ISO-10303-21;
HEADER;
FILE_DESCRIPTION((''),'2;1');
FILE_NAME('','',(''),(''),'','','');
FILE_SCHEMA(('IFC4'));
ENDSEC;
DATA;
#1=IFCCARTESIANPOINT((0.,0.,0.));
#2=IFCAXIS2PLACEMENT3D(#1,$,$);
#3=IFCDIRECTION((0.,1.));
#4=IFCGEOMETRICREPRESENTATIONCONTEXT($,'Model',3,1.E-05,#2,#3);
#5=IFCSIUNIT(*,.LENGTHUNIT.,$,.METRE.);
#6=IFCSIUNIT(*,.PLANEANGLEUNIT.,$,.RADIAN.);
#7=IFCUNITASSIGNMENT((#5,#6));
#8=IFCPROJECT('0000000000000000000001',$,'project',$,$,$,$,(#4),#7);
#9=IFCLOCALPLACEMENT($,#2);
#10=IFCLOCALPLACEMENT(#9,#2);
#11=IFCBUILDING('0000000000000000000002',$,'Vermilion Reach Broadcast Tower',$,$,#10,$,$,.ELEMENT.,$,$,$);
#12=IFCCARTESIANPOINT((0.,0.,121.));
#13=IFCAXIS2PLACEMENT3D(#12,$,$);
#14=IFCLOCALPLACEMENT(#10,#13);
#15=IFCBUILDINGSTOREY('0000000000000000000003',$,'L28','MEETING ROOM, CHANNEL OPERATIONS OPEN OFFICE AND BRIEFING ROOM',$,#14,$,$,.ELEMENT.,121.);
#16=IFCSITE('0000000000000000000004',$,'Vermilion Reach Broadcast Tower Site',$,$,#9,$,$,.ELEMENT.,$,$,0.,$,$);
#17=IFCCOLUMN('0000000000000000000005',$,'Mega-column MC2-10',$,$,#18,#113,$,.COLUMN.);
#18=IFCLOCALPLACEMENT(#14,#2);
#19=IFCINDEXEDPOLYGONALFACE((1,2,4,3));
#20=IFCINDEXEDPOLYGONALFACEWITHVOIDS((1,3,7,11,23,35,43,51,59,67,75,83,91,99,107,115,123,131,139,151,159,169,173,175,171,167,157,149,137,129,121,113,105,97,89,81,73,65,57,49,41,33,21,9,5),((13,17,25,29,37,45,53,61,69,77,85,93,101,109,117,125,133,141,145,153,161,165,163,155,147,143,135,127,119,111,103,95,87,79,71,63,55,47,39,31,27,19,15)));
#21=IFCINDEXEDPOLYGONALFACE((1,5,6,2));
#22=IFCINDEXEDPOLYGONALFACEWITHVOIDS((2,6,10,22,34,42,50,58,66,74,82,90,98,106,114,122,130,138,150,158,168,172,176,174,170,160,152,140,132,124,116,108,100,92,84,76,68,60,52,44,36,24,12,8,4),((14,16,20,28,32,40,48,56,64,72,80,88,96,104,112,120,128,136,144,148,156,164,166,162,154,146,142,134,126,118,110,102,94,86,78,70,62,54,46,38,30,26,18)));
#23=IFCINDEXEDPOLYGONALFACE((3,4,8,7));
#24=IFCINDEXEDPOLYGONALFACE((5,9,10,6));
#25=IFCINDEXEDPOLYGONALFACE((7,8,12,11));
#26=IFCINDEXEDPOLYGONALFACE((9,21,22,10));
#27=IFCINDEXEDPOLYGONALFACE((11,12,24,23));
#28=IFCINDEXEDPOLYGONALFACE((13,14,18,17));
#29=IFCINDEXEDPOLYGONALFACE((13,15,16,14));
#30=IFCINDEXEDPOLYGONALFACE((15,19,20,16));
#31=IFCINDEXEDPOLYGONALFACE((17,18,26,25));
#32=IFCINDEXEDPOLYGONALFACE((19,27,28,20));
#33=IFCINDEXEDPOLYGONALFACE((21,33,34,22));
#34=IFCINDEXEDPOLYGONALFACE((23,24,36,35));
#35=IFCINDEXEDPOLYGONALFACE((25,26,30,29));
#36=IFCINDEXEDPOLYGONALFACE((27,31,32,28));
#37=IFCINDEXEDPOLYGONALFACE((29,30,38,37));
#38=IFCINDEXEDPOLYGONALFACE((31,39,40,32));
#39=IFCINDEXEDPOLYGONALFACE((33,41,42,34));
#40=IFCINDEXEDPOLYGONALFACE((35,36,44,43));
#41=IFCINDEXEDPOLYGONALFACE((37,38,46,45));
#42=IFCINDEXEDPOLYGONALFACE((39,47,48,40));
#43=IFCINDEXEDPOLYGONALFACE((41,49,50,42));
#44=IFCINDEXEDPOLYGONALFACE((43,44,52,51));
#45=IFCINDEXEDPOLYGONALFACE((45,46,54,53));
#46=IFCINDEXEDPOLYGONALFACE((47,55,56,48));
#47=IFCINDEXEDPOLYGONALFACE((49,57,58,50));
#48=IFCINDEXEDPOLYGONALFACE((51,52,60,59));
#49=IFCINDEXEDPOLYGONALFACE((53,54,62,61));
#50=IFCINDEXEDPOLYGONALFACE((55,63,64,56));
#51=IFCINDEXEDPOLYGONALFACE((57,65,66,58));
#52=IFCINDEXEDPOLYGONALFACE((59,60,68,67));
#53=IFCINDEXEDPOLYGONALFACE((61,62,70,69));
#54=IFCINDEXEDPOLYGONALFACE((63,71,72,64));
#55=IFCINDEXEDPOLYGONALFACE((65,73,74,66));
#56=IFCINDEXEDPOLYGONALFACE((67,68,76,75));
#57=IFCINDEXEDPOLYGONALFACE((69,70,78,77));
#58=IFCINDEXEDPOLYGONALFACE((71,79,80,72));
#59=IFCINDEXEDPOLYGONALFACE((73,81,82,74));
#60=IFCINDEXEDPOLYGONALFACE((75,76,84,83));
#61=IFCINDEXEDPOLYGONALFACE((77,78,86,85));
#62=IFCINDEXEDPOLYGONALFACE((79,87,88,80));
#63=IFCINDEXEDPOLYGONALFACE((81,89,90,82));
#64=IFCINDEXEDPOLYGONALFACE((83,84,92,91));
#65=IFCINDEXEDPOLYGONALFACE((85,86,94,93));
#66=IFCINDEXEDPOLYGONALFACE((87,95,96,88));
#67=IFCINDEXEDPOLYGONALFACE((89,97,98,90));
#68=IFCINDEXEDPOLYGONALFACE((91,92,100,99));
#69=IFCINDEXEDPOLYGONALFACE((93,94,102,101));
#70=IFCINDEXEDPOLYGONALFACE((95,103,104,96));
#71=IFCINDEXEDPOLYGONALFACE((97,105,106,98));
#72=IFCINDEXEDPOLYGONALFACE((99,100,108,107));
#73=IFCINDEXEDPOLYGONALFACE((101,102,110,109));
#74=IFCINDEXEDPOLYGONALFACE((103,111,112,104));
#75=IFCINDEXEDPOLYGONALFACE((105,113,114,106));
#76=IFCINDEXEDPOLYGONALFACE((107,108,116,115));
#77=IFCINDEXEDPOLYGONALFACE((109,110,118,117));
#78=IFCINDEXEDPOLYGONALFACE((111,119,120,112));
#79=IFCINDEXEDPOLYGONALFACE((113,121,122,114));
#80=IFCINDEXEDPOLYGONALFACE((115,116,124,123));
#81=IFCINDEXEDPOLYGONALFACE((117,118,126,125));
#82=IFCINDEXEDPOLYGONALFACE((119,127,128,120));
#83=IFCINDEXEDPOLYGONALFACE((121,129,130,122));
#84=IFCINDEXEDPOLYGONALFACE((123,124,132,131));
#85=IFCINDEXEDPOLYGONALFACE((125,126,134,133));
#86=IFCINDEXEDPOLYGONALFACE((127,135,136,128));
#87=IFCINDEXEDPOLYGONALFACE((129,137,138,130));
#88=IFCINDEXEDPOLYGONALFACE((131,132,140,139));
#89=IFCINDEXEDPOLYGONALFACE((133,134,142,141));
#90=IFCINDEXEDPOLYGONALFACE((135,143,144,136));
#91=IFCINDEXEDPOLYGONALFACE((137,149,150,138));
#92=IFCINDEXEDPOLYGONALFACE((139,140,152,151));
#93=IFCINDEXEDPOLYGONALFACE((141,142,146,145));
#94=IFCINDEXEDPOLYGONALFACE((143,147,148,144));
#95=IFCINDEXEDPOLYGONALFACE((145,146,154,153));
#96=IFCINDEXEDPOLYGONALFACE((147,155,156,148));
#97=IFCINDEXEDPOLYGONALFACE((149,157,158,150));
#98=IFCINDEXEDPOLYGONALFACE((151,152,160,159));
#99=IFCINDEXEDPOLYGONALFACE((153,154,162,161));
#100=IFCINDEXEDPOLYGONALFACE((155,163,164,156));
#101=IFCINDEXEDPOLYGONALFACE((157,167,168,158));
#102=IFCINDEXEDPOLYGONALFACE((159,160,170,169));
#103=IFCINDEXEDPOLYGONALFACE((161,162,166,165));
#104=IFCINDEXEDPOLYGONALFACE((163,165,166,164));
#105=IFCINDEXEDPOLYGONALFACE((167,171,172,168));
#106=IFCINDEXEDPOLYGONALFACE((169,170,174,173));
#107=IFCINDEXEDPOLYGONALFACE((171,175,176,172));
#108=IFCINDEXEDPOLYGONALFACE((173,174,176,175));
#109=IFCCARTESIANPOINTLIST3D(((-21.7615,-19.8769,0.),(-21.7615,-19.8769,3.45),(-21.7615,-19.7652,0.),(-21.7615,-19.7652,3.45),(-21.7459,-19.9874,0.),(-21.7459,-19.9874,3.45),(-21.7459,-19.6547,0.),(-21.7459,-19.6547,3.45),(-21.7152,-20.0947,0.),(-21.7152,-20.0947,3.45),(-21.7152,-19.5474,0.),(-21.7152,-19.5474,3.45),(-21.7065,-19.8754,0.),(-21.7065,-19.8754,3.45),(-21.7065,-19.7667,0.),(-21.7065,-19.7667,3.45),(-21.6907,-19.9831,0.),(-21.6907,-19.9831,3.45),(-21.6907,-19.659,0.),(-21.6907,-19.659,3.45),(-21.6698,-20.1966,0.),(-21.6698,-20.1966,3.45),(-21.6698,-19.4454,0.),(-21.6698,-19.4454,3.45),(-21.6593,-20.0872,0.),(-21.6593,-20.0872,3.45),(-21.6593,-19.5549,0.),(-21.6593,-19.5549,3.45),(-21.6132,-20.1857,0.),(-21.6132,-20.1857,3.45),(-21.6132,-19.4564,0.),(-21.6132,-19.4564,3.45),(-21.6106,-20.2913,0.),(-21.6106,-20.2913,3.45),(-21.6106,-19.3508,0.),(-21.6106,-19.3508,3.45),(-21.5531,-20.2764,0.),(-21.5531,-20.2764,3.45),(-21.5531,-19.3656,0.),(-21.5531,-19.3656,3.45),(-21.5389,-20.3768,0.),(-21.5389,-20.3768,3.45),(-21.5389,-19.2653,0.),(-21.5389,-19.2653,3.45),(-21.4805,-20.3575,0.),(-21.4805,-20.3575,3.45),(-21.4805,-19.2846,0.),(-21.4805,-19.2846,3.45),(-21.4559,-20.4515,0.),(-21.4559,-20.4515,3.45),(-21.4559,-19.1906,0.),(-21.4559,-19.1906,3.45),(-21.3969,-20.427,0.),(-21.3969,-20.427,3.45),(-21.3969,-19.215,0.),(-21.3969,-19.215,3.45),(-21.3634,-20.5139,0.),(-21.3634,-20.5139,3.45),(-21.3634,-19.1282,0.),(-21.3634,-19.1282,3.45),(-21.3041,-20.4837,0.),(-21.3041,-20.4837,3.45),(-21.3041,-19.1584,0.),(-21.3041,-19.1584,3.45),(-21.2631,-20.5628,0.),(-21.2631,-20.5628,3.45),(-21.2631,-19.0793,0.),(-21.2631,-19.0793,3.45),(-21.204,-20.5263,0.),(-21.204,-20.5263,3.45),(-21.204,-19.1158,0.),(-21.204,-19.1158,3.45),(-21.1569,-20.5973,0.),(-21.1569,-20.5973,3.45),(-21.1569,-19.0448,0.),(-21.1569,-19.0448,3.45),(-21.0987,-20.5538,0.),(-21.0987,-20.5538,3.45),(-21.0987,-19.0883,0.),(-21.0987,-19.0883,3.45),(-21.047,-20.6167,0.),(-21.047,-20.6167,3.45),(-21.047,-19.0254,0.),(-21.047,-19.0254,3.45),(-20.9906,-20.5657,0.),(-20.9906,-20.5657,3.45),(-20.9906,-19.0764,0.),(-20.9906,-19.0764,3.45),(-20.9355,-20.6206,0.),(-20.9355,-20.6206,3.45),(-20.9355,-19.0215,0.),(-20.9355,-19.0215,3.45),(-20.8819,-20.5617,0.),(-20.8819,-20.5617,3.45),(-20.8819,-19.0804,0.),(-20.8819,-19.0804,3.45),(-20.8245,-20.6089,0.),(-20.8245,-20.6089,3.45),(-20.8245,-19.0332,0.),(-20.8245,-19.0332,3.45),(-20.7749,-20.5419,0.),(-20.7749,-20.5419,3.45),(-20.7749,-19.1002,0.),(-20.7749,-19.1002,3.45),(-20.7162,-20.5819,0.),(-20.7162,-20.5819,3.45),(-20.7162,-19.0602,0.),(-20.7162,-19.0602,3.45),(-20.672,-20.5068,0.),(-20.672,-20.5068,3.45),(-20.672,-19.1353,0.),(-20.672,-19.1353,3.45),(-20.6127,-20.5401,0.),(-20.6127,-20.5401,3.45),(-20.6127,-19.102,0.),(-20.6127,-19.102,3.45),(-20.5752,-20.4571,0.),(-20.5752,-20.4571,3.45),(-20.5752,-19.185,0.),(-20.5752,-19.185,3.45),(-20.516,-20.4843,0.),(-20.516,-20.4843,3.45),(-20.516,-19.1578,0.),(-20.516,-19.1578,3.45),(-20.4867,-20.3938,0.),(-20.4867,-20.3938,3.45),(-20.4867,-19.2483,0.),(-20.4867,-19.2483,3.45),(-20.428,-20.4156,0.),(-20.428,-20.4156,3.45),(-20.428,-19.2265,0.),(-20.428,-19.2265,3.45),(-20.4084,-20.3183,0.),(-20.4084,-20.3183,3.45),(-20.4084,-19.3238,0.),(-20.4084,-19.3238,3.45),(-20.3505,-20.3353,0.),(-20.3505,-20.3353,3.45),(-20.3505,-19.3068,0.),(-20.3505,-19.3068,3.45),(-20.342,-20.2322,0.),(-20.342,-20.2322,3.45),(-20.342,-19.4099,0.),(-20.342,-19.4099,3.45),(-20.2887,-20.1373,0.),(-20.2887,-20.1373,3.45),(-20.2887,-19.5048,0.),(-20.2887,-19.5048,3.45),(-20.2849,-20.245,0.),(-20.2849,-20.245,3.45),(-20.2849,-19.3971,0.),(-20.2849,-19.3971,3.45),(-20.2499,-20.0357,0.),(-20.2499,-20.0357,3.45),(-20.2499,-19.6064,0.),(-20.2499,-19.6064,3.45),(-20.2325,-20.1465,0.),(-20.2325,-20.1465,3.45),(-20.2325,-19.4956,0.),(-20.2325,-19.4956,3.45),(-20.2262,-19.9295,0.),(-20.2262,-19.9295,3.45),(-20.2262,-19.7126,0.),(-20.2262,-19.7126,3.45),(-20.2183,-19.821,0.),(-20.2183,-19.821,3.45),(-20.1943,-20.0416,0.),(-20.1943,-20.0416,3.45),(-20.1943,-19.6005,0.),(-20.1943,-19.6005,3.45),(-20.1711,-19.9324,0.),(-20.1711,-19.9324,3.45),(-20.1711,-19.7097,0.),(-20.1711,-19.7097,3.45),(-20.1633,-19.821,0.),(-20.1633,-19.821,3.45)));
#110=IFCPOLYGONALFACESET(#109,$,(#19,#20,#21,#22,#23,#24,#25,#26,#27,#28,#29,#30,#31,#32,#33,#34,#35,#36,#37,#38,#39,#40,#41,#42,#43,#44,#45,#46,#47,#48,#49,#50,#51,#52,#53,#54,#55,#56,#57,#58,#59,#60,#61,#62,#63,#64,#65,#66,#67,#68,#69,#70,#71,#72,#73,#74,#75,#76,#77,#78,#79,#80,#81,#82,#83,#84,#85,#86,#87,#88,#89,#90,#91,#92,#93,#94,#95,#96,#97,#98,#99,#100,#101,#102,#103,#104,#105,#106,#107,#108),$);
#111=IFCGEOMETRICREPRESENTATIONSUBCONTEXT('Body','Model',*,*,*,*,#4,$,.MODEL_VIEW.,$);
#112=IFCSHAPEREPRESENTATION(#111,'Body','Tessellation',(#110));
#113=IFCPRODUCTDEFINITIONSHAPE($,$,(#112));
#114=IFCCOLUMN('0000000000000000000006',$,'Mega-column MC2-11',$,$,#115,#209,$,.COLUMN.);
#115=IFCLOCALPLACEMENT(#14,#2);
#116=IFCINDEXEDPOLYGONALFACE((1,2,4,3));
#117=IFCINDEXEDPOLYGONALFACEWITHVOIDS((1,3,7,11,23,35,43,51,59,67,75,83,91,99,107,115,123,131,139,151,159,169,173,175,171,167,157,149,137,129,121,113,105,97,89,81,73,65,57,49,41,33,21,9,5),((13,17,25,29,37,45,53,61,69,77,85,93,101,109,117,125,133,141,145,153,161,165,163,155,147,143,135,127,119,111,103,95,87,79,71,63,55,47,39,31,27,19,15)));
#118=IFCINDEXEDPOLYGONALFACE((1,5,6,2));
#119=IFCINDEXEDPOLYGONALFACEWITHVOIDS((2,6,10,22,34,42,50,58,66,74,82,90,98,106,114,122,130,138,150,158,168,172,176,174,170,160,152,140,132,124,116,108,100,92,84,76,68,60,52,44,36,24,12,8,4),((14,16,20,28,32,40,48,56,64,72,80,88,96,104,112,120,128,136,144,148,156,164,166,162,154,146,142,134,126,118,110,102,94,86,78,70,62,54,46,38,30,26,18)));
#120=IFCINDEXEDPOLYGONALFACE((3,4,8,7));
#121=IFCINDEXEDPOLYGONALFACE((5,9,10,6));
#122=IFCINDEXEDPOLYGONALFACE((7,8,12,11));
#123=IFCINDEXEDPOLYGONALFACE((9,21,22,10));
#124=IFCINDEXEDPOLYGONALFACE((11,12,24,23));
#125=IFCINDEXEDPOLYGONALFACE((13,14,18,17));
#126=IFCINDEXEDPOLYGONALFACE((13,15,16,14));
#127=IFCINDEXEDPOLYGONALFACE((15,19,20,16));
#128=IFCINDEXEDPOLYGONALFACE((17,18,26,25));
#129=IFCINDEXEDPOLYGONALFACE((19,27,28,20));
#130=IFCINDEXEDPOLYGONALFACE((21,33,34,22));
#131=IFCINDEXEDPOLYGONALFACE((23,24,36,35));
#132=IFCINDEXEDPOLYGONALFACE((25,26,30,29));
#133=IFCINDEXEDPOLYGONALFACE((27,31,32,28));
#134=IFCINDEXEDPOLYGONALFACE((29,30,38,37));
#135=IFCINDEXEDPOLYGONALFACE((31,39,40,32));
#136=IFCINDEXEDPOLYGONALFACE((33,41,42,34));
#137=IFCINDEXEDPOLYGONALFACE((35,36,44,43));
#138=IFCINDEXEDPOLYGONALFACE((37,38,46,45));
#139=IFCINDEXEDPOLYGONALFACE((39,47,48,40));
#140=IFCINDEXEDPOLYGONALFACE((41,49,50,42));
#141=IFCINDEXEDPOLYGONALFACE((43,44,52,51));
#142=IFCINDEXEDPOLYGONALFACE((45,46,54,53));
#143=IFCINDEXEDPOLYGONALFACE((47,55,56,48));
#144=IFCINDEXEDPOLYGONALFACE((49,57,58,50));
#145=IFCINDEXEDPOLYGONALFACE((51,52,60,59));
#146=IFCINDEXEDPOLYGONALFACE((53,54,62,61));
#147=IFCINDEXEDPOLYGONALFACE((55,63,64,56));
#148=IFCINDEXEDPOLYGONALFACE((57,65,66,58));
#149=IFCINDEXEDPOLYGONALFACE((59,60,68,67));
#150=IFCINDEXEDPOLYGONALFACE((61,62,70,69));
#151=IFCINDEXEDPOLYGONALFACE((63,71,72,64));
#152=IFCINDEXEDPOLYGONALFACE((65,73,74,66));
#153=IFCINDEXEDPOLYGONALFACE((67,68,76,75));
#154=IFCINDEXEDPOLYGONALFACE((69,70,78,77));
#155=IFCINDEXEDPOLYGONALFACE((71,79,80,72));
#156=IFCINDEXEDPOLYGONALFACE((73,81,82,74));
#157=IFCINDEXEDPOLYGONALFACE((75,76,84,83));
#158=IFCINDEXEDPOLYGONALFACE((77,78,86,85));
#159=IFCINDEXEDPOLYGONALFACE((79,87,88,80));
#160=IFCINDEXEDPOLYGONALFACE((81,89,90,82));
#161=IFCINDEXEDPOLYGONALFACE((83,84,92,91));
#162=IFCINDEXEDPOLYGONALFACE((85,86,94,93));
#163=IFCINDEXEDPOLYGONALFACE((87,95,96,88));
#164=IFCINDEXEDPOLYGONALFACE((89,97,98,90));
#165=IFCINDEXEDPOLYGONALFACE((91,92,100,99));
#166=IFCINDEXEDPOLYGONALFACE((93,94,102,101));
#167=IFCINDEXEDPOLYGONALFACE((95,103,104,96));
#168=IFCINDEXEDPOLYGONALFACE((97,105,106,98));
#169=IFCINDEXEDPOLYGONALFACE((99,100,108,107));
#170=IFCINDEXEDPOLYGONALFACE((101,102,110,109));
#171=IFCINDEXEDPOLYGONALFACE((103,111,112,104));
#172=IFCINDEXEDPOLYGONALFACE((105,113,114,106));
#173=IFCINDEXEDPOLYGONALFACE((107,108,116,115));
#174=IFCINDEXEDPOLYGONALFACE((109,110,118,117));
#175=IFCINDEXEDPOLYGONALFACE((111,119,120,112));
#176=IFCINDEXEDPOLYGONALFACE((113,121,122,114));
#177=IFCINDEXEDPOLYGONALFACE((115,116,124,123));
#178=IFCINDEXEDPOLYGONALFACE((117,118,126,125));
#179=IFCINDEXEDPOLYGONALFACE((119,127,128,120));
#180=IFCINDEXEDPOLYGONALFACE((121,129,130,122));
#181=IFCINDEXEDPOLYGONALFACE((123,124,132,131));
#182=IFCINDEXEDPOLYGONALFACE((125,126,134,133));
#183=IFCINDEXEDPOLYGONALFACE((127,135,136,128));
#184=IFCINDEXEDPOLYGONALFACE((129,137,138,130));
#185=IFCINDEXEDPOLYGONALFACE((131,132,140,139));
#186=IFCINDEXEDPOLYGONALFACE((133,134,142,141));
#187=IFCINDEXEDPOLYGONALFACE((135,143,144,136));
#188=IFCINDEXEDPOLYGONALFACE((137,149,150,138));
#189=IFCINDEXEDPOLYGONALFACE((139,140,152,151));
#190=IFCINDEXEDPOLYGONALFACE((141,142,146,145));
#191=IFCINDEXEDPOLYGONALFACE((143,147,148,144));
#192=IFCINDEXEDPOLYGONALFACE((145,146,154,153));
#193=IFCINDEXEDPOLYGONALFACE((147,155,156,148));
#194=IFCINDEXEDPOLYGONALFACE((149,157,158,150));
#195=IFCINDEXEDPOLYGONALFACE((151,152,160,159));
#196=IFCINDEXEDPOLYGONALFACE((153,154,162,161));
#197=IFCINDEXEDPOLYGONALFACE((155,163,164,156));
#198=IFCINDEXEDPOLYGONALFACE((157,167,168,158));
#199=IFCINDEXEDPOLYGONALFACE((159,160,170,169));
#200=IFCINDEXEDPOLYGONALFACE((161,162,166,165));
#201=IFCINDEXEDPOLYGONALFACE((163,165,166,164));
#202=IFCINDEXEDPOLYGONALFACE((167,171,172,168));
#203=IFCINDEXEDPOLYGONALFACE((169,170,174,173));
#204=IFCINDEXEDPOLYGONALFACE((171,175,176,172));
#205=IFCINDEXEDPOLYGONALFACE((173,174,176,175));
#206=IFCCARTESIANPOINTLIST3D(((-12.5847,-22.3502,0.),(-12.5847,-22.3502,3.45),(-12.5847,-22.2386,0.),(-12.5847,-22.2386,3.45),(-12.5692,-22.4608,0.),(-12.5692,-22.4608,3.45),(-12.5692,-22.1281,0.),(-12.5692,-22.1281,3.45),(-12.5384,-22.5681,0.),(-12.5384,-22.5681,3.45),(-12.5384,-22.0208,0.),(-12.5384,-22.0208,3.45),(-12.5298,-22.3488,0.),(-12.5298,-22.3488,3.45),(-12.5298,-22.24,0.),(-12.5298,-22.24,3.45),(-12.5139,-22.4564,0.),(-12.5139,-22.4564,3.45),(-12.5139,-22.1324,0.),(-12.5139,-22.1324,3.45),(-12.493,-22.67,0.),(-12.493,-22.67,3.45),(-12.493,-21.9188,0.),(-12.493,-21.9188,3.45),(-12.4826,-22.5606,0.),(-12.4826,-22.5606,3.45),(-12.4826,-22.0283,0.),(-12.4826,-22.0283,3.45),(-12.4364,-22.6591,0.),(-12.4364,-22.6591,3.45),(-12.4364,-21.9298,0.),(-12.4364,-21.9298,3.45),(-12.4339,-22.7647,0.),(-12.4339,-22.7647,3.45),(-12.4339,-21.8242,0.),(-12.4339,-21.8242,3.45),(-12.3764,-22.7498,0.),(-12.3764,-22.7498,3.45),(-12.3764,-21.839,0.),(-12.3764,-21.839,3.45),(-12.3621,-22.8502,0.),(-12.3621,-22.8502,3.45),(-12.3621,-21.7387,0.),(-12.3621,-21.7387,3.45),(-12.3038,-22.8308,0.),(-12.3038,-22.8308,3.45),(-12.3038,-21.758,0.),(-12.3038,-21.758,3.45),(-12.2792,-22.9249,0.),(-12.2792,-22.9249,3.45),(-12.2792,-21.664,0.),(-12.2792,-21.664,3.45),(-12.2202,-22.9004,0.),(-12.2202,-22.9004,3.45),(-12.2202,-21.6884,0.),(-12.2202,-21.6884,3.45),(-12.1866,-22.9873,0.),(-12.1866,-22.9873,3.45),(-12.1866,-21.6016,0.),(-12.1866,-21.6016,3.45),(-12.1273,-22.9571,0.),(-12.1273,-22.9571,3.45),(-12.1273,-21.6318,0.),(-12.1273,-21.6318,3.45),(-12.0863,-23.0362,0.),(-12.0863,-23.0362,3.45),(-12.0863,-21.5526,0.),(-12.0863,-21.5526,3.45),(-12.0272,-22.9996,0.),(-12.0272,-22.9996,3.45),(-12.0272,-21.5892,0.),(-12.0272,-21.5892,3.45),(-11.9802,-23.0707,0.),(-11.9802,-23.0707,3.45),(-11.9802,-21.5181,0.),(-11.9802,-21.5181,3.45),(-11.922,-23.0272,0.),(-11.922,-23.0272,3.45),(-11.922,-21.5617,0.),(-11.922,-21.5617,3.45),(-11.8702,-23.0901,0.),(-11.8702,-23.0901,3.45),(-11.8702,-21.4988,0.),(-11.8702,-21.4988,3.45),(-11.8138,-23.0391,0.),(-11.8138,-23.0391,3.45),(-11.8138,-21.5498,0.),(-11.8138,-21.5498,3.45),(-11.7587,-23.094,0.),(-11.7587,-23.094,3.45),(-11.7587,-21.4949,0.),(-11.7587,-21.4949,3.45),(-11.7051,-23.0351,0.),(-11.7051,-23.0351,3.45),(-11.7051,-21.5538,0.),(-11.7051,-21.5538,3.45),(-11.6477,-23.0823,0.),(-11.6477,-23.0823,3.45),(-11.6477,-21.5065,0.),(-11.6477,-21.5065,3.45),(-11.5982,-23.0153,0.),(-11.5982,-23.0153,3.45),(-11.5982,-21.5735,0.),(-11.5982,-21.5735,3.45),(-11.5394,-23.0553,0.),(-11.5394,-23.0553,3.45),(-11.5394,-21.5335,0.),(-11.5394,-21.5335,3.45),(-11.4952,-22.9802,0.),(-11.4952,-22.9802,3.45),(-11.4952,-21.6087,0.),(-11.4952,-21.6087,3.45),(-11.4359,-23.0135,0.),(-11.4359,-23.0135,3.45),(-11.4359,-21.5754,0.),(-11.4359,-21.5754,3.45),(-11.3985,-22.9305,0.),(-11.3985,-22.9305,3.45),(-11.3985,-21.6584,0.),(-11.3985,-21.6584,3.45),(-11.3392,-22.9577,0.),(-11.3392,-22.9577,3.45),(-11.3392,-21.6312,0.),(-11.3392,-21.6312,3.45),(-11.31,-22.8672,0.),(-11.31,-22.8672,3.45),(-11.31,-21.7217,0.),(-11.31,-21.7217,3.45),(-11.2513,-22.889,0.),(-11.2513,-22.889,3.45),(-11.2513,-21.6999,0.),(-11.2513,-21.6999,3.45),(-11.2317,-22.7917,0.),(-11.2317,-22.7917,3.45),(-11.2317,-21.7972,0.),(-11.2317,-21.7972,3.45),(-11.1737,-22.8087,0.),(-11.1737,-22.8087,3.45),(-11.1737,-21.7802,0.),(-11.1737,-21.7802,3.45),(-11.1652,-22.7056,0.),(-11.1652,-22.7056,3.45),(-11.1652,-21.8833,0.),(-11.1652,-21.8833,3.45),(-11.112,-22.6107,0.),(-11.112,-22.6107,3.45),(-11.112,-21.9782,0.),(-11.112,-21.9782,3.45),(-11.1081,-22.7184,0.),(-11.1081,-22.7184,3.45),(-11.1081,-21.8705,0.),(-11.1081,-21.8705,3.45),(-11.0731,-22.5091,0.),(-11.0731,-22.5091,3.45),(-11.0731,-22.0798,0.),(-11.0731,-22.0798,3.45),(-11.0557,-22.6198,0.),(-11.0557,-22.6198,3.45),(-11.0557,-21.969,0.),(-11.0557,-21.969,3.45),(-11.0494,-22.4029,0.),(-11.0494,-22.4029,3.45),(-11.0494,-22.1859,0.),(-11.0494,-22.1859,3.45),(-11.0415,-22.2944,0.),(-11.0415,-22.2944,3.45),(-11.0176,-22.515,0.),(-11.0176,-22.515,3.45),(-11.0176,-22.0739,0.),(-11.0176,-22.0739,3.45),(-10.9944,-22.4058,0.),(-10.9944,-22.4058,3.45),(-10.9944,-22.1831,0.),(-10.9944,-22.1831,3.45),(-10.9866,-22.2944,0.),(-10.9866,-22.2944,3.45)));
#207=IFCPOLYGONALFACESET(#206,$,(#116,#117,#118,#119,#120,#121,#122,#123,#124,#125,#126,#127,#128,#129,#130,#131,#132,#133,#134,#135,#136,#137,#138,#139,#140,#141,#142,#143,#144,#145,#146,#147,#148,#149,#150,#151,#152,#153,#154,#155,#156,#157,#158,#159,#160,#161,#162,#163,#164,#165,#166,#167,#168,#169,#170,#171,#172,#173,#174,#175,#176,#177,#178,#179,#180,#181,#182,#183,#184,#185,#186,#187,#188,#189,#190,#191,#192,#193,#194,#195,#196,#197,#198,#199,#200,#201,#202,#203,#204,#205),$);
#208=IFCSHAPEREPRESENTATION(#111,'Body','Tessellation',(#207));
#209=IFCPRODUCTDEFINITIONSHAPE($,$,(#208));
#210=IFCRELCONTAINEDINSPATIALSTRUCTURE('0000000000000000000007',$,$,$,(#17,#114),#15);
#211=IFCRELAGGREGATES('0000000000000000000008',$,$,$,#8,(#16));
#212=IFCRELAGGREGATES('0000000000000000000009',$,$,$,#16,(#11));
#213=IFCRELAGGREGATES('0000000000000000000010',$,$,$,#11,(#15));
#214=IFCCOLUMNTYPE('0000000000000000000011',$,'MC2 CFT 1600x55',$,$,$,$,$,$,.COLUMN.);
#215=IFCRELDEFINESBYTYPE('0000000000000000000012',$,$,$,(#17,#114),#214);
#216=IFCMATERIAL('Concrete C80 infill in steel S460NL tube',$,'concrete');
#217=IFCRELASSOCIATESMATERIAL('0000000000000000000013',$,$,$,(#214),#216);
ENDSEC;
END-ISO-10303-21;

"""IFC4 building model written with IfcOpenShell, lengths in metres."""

from ifc_helpers import new_model, si_unit, direction, frame, origin, origin_2d, place, context, subcontext, project, spatial, hollow_circle, extrude, material, material_profile, profile_set, type_object, element, save


model = new_model("IFC4")

# Units and contexts
model_context = context("Model", 3, precision=1e-05, world=origin(), true_north=direction((0.0, 1.0)))
body_context = subcontext(model_context, "Body", "Model", "MODEL_VIEW")
ifc_project = project(units=[si_unit("LENGTHUNIT", "METRE"), si_unit("PLANEANGLEUNIT", "RADIAN")], contexts=[model_context])

# Site, building, storey
site_placement = place(None, origin())
site = spatial("IfcSite", under=ifc_project, at=site_placement, Name="Vermilion Reach Broadcast Tower Site", CompositionType="ELEMENT", RefElevation=0.0)
building_placement = place(site_placement, origin())
building = spatial("IfcBuilding", under=site, at=building_placement, Name="Vermilion Reach Broadcast Tower", CompositionType="ELEMENT")
storey_placement = place(building_placement, frame((0.0, 0.0, 121.0)))
storey = spatial("IfcBuildingStorey", under=building, at=storey_placement, Name="L28", Description="MEETING ROOM, CHANNEL OPERATIONS OPEN OFFICE AND BRIEFING ROOM", CompositionType="ELEMENT", Elevation=121.0)

# Columns
ifc_material_1 = material(Name="Concrete C80 infill in steel S460NL tube", Category="concrete")
ifc_material_profile_1 = material_profile(ifc_material_1, hollow_circle(Radius=0.8, WallThickness=0.0549, at=origin_2d()), Name="Concrete C80 infill in steel S460NL tube CFT 1600x55")
ifc_profile_set_1 = profile_set([ifc_material_profile_1], Name="Concrete C80 infill in steel S460NL tube")
column_type = type_object("IfcColumnType", Name="MC2 CFT 1600x55", PredefinedType="COLUMN", material=ifc_profile_set_1)
for number, where, z_axis, x_axis, name in (
    (1, (-20.9634, -19.821, 0.0), (0.0, 0.0, 1.0), (1.0, 0.0, 0.0), "Mega-column MC2-10"),
    (2, (-11.7866, -22.2944, 0.0), (0.0, 0.0, 1.0), (1.0, 0.0, 0.0), "Mega-column MC2-11"),
):
    element("IfcColumn", number, at=place(storey_placement, frame(where, z_axis=z_axis, x_axis=x_axis)), inside=storey, type_object=column_type, Name=name, PredefinedType="COLUMN", context=body_context, shape_type="SweptSolid", body=[
        extrude(hollow_circle(Radius=0.8, WallThickness=0.0549, at=origin_2d()), origin(), (0.0, 0.0, 1.0), 3.45),
    ])

save(model, "model.ifc")
